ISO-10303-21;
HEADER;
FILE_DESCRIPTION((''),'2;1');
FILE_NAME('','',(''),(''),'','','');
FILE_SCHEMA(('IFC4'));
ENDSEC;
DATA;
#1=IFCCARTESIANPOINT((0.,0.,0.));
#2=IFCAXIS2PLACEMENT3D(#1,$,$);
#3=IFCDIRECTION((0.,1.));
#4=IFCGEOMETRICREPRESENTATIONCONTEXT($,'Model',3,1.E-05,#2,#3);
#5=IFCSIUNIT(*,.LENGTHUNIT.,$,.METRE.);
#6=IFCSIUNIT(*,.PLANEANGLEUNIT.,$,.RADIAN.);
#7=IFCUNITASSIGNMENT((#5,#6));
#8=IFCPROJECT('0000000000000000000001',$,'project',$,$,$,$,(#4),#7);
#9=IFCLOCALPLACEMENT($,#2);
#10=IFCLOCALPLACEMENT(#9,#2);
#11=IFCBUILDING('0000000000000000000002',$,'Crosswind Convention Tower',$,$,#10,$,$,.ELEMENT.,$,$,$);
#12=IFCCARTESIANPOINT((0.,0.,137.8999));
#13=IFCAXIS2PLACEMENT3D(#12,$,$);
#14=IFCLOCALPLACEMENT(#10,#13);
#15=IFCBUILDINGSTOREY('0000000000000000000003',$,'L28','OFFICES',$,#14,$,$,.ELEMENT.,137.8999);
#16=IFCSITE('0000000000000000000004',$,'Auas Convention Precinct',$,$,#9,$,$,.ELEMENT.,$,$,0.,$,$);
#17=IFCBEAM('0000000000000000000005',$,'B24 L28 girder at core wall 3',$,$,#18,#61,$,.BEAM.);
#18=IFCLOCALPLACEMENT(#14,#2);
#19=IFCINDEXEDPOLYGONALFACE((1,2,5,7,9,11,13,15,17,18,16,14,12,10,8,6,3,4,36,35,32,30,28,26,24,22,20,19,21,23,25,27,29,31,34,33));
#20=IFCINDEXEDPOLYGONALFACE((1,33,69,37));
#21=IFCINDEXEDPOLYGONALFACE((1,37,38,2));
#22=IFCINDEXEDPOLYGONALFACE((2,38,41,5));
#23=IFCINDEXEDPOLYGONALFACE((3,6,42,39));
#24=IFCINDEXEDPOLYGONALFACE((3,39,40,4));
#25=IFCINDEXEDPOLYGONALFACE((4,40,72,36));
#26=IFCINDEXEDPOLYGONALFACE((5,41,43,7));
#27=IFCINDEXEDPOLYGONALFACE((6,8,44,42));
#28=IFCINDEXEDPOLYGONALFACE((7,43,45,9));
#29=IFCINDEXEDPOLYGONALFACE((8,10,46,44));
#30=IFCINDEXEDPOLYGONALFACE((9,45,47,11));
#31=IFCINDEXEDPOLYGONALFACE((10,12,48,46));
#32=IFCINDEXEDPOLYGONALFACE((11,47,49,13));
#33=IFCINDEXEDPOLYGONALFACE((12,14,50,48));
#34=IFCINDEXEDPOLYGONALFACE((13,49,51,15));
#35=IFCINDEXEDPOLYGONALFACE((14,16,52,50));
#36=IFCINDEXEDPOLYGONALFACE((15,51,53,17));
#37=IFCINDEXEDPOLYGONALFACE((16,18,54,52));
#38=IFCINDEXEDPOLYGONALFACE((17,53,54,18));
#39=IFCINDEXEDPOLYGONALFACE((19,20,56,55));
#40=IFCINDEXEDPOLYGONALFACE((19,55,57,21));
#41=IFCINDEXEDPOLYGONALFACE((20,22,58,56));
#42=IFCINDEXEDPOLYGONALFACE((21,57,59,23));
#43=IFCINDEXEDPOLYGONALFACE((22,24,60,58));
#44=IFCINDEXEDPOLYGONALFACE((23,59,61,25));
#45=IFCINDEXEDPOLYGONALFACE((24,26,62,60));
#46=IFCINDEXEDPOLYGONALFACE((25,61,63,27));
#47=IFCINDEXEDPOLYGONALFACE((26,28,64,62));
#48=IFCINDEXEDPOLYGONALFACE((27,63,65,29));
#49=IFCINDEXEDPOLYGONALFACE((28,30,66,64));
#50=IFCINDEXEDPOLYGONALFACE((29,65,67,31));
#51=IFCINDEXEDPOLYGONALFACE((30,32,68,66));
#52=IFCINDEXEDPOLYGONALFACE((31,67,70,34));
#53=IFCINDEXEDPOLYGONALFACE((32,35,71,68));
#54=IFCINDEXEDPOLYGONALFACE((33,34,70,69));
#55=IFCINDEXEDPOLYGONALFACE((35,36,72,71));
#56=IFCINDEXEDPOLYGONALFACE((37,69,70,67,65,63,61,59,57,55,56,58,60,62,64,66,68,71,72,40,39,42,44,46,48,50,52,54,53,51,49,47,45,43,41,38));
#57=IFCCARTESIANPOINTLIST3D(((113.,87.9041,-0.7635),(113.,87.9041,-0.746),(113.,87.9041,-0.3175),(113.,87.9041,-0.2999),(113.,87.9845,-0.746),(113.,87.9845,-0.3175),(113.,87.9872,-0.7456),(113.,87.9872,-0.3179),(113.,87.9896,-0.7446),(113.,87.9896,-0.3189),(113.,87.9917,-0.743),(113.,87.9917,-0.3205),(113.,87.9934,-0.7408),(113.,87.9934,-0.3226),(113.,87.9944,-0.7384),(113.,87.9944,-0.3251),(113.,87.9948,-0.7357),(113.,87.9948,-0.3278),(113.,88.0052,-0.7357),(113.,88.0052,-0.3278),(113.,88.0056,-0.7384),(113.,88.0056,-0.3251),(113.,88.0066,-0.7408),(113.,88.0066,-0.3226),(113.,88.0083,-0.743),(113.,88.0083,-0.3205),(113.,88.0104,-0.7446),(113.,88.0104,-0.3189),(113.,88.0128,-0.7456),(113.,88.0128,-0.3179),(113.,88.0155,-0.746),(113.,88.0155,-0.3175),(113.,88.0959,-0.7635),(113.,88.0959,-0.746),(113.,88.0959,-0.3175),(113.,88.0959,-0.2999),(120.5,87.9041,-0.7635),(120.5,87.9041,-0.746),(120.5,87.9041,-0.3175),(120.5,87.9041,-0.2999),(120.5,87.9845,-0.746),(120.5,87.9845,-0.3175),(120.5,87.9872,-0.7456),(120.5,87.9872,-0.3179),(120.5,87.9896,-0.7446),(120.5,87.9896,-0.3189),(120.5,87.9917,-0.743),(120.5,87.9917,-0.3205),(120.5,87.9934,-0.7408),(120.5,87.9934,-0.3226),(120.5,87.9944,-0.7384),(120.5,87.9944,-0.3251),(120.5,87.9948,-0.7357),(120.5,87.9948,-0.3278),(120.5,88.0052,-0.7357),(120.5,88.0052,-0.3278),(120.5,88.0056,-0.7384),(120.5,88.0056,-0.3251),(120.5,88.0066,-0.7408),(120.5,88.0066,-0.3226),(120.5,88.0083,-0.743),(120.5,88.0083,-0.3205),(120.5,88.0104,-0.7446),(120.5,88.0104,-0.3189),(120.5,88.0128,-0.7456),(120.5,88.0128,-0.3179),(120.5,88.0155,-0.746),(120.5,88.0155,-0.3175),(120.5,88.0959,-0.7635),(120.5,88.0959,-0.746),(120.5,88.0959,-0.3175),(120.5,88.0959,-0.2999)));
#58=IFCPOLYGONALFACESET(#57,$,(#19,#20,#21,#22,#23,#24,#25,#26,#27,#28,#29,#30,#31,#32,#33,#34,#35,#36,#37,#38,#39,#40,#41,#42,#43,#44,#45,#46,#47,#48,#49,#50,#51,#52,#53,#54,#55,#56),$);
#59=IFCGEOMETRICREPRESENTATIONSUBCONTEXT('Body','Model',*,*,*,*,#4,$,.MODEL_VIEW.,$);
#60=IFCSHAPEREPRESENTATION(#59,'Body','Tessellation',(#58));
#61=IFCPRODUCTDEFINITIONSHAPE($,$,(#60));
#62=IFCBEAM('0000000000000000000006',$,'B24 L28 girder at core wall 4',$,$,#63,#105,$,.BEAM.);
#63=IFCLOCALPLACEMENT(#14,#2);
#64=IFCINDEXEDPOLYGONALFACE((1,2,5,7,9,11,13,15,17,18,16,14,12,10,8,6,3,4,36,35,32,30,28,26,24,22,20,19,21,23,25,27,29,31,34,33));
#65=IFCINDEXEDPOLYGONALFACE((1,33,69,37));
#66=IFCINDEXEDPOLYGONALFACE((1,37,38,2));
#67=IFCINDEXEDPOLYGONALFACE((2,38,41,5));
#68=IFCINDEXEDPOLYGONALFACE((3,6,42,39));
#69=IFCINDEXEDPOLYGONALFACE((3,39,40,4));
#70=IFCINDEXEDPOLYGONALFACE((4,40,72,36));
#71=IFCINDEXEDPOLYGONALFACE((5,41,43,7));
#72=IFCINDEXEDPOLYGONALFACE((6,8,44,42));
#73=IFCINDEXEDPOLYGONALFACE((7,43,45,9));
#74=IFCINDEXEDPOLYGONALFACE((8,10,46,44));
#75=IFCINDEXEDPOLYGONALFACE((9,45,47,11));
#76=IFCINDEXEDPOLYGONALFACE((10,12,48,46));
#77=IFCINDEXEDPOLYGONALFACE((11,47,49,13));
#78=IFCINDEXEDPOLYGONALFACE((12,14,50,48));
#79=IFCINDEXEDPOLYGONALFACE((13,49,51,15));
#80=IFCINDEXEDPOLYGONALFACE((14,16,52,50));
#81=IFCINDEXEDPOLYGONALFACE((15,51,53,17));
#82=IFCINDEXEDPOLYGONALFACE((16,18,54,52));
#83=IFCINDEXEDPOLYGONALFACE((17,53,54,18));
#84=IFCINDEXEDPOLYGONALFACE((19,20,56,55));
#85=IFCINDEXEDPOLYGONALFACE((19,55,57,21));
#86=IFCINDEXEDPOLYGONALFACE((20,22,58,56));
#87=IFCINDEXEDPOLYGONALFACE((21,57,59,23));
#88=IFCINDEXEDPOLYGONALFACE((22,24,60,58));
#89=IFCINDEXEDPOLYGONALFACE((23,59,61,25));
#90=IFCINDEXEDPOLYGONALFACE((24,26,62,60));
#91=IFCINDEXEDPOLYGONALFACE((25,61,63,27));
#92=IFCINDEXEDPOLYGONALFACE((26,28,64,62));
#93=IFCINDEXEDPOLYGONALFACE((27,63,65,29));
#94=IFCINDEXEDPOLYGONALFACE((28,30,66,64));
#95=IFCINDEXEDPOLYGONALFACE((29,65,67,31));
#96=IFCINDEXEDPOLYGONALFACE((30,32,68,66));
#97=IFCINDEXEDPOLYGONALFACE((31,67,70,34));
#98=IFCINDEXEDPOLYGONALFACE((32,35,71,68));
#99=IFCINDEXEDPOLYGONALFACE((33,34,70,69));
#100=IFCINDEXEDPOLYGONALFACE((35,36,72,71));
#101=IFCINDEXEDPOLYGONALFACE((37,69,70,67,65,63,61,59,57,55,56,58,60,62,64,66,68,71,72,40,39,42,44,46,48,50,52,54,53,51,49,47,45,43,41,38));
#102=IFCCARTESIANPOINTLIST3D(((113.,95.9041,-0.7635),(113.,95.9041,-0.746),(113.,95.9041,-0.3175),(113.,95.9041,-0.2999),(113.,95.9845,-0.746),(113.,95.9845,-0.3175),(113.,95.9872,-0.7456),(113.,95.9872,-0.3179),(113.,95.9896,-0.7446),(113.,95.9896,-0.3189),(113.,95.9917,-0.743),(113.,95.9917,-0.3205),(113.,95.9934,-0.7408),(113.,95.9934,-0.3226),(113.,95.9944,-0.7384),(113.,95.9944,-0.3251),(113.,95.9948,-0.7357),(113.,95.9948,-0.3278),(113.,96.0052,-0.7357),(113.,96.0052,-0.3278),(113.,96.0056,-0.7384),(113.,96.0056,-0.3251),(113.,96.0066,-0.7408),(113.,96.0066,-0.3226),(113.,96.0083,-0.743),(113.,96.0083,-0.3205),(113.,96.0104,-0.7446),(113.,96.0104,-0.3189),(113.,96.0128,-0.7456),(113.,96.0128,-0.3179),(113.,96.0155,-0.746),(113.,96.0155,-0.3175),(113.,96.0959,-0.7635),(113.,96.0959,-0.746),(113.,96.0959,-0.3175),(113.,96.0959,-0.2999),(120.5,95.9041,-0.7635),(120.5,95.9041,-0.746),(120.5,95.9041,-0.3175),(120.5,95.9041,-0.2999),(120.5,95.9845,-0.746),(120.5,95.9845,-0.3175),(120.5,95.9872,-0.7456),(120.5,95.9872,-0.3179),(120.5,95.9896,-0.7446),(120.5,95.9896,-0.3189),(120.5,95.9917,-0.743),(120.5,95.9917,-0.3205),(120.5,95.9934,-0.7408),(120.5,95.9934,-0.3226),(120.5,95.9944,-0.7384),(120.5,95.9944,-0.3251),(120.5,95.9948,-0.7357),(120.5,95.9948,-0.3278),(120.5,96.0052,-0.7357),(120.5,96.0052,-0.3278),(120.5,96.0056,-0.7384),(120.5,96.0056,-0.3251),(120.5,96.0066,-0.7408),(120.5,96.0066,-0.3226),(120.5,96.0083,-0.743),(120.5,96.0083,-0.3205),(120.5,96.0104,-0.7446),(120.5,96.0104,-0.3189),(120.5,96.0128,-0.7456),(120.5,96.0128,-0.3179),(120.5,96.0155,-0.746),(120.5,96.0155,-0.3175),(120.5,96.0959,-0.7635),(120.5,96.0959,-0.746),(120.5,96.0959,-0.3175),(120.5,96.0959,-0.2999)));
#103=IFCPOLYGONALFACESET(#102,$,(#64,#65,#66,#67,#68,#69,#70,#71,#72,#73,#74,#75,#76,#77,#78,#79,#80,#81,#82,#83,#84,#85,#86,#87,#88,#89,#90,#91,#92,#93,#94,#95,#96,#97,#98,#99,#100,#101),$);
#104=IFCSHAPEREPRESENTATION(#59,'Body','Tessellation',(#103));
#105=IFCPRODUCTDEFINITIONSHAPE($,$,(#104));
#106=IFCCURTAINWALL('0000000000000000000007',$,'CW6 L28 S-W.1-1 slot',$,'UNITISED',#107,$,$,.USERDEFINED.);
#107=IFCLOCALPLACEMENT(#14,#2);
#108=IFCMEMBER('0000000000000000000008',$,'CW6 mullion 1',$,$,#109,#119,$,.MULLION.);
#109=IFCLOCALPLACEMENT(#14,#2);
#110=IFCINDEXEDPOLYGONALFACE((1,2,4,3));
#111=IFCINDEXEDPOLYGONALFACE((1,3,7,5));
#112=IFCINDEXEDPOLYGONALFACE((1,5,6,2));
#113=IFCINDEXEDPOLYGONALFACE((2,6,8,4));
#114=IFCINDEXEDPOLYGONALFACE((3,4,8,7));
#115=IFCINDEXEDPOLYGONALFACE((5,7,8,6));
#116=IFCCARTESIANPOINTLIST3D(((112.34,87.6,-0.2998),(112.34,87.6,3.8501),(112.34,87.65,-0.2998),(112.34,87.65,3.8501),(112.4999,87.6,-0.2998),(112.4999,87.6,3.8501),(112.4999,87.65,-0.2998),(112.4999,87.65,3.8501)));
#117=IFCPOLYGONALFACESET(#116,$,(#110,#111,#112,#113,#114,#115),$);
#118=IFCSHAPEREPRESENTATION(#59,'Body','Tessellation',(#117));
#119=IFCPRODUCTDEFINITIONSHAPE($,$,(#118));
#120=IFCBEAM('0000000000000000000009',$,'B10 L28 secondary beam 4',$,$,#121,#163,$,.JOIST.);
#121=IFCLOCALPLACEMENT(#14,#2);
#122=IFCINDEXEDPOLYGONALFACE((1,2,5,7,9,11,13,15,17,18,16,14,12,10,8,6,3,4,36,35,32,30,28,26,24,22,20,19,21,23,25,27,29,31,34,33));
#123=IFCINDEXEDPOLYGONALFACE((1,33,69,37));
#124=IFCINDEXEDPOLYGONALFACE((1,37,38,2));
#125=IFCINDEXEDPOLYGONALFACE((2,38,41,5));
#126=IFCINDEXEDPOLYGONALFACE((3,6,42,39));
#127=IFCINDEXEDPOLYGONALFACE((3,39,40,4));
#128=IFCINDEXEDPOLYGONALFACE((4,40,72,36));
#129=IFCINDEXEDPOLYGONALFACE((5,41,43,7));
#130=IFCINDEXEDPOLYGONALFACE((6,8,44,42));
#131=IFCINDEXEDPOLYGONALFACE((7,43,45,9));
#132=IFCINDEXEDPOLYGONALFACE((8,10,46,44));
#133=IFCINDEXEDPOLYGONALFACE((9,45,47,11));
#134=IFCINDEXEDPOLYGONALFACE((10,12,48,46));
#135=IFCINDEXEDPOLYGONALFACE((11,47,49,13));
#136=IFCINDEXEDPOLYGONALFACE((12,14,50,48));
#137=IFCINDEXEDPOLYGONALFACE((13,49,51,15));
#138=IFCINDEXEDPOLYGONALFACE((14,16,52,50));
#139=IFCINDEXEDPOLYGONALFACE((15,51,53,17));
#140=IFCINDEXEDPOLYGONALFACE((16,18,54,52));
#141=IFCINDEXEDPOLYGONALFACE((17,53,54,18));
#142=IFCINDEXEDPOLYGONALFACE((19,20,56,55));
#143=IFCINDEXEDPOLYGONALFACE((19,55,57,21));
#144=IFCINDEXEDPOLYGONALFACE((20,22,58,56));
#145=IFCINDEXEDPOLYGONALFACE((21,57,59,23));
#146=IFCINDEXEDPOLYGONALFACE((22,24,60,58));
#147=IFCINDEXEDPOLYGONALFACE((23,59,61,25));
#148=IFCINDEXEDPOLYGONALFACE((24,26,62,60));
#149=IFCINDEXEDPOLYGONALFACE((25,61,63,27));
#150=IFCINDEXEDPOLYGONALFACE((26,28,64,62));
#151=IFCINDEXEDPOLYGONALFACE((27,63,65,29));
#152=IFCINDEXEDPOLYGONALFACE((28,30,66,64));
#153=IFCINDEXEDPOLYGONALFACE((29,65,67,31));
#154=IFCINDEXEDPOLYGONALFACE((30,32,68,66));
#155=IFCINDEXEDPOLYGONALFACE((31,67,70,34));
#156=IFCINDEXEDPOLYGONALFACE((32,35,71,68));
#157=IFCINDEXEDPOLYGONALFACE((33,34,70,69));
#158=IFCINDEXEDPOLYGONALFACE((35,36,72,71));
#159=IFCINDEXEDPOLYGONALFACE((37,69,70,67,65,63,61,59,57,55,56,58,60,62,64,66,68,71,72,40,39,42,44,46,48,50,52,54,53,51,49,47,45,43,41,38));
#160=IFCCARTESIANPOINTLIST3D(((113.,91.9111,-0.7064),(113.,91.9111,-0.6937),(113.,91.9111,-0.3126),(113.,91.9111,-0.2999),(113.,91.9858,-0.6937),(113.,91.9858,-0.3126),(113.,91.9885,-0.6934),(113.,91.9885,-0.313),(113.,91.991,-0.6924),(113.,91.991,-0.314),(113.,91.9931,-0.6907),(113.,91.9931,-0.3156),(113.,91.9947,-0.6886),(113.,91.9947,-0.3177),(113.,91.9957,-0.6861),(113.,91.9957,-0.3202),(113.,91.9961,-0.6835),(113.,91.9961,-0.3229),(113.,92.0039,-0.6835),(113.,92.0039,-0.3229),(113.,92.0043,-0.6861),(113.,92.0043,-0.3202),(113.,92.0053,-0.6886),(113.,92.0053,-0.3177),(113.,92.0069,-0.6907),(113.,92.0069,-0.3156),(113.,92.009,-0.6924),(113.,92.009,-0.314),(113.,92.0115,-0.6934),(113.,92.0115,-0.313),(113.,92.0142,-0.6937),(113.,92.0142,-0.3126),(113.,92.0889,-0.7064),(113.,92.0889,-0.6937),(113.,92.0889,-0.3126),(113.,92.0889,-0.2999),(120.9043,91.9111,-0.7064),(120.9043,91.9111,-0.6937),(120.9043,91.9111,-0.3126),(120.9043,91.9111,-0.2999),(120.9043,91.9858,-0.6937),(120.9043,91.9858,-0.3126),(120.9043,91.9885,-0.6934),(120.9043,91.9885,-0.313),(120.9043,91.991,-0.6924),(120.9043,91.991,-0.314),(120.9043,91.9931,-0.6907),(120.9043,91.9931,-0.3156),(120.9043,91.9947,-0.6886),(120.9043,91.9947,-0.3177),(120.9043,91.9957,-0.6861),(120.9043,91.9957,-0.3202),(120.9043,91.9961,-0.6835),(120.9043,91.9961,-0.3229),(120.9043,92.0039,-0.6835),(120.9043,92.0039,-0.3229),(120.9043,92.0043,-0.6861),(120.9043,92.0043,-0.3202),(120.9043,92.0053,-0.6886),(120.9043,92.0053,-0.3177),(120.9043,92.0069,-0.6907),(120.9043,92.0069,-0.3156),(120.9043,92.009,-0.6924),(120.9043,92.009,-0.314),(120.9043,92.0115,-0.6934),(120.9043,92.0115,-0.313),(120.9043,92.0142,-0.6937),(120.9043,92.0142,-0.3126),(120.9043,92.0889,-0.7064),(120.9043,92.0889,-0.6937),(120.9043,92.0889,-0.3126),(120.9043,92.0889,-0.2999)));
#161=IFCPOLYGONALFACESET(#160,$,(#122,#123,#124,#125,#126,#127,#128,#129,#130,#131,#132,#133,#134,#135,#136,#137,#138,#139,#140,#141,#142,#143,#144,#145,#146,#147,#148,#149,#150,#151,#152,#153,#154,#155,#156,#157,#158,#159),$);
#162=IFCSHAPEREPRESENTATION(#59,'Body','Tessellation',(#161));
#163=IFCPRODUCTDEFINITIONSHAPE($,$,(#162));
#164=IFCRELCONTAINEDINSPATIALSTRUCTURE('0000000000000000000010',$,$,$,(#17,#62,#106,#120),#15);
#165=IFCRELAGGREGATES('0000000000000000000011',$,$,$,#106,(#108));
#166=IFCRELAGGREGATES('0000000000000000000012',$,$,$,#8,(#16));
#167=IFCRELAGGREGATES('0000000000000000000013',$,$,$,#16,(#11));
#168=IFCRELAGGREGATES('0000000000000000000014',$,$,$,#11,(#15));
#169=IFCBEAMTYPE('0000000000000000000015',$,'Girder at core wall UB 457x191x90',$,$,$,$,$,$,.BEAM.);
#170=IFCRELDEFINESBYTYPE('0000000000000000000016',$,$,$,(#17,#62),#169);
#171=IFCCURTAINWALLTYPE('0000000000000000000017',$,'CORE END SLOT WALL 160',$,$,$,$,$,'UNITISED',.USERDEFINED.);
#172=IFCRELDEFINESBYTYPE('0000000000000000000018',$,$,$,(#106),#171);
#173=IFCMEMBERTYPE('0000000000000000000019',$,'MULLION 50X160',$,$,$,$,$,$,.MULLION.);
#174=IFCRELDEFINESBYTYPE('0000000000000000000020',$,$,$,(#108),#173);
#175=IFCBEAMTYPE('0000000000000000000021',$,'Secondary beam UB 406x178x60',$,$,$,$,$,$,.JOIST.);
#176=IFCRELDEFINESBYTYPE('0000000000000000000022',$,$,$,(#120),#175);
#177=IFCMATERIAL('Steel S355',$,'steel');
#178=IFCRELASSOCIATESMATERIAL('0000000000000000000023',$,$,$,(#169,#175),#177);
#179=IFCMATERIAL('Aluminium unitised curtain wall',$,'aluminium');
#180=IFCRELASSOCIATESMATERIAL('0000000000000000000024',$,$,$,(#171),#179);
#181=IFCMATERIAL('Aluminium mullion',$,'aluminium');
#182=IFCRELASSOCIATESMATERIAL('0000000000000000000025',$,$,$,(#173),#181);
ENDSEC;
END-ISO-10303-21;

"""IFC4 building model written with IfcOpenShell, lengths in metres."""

from ifc_helpers import new_model, si_unit, direction, frame, origin, origin_2d, place, context, subcontext, project, spatial, rectangle, i_section, extrude, material, material_profile, profile_set, type_object, element, aggregate, save


model = new_model("IFC4")

# Units and contexts
model_context = context("Model", 3, precision=1e-05, world=origin(), true_north=direction((0.0, 1.0)))
body_context = subcontext(model_context, "Body", "Model", "MODEL_VIEW")
ifc_project = project(units=[si_unit("LENGTHUNIT", "METRE"), si_unit("PLANEANGLEUNIT", "RADIAN")], contexts=[model_context])

# Site, building, storey
site_placement = place(None, origin())
site = spatial("IfcSite", under=ifc_project, at=site_placement, Name="Auas Convention Precinct", CompositionType="ELEMENT", RefElevation=0.0)
building_placement = place(site_placement, origin())
building = spatial("IfcBuilding", under=site, at=building_placement, Name="Crosswind Convention Tower", CompositionType="ELEMENT")
storey_placement = place(building_placement, frame((0.0, 0.0, 137.8999)))
storey = spatial("IfcBuildingStorey", under=building, at=storey_placement, Name="L28", Description="OFFICES", CompositionType="ELEMENT", Elevation=137.8999)

# Beams
ifc_material_1 = material(Name="Steel S355", Category="steel")
ifc_material_profile_1 = material_profile(ifc_material_1, i_section(OverallWidth=0.1919, OverallDepth=0.4636, WebThickness=0.0105, FlangeThickness=0.0176, FilletRadius=0.0103, at=origin_2d()), Name="UB 457x191x90")
ifc_profile_set_1 = profile_set([ifc_material_profile_1], Name="Steel S355")
beam_type_1 = type_object("IfcBeamType", Name="Girder at core wall UB 457x191x90", PredefinedType="BEAM", material=ifc_profile_set_1)
for number, where, z_axis, x_axis, name in (
    (1, (113.0, 88.0, -0.5317), (1.0, 0.0, 0.0), (0.0, 1.0, 0.0), "B24 L28 girder at core wall 3"),
    (2, (113.0, 96.0, -0.5317), (1.0, 0.0, 0.0), (0.0, 1.0, 0.0), "B24 L28 girder at core wall 4"),
):
    element("IfcBeam", number, at=place(storey_placement, frame(where, z_axis=z_axis, x_axis=x_axis)), inside=storey, type_object=beam_type_1, Name=name, PredefinedType="BEAM", context=body_context, shape_type="SweptSolid", body=[
        extrude(i_section(OverallWidth=0.1919, OverallDepth=0.4636, WebThickness=0.0105, FlangeThickness=0.0176, FilletRadius=0.0103, at=origin_2d()), origin(), (0.0, 0.0, 1.0), 7.5),
    ])

# Curtain wall, member
ifc_material_2 = material(Name="Aluminium unitised curtain wall", Category="aluminium")
curtain_wall_type = type_object("IfcCurtainWallType", Name="CORE END SLOT WALL 160", ElementType="UNITISED", PredefinedType="USERDEFINED", material=ifc_material_2)
curtain_wall_placement = place(storey_placement, origin())
curtain_wall = element("IfcCurtainWall", 3, at=curtain_wall_placement, inside=storey, type_object=curtain_wall_type, Name="CW6 L28 S-W.1-1 slot", ObjectType="UNITISED", PredefinedType="USERDEFINED")
ifc_material_3 = material(Name="Aluminium mullion", Category="aluminium")
ifc_material_profile_2 = material_profile(ifc_material_3, rectangle(XDim=0.1599, YDim=0.05, at=origin_2d()), Name="AL 160X50")
ifc_profile_set_2 = profile_set([ifc_material_profile_2], Name="Aluminium mullion")
member_type_1 = type_object("IfcMemberType", Name="MULLION 50X160", PredefinedType="MULLION", material=ifc_profile_set_2)
member_1_placement = place(storey_placement, frame((112.4199, 87.625, -0.2998), z_axis=(0.0, 0.0, 1.0), x_axis=(-1.0, 0.0, 0.0)))
member_1 = element("IfcMember", 4, at=member_1_placement, type_object=member_type_1, Name="CW6 mullion 1", PredefinedType="MULLION", context=body_context, shape_type="SweptSolid", body=[
    extrude(rectangle(XDim=0.1599, YDim=0.05, at=origin_2d()), origin(), (0.0, 0.0, 1.0), 4.1499),
])

# Beam
ifc_material_profile_3 = material_profile(ifc_material_1, i_section(OverallWidth=0.1777, OverallDepth=0.4065, WebThickness=0.0078, FlangeThickness=0.0127, FilletRadius=0.0103, at=origin_2d()), Name="UB 406x178x60")
ifc_profile_set_3 = profile_set([ifc_material_profile_3], Name="Steel S355")
beam_type_2 = type_object("IfcBeamType", Name="Secondary beam UB 406x178x60", PredefinedType="JOIST", material=ifc_profile_set_3)
beam_1_placement = place(storey_placement, frame((113.0, 92.0, -0.5032), z_axis=(1.0, 0.0, 0.0), x_axis=(0.0, 1.0, 0.0)))
element("IfcBeam", 5, at=beam_1_placement, inside=storey, type_object=beam_type_2, Name="B10 L28 secondary beam 4", PredefinedType="JOIST", context=body_context, shape_type="SweptSolid", body=[
    extrude(i_section(OverallWidth=0.1777, OverallDepth=0.4065, WebThickness=0.0078, FlangeThickness=0.0127, FilletRadius=0.0103, at=origin_2d()), origin(), (0.0, 0.0, 1.0), 7.9043),
])

aggregate(curtain_wall, [member_1])

save(model, "model.ifc")
